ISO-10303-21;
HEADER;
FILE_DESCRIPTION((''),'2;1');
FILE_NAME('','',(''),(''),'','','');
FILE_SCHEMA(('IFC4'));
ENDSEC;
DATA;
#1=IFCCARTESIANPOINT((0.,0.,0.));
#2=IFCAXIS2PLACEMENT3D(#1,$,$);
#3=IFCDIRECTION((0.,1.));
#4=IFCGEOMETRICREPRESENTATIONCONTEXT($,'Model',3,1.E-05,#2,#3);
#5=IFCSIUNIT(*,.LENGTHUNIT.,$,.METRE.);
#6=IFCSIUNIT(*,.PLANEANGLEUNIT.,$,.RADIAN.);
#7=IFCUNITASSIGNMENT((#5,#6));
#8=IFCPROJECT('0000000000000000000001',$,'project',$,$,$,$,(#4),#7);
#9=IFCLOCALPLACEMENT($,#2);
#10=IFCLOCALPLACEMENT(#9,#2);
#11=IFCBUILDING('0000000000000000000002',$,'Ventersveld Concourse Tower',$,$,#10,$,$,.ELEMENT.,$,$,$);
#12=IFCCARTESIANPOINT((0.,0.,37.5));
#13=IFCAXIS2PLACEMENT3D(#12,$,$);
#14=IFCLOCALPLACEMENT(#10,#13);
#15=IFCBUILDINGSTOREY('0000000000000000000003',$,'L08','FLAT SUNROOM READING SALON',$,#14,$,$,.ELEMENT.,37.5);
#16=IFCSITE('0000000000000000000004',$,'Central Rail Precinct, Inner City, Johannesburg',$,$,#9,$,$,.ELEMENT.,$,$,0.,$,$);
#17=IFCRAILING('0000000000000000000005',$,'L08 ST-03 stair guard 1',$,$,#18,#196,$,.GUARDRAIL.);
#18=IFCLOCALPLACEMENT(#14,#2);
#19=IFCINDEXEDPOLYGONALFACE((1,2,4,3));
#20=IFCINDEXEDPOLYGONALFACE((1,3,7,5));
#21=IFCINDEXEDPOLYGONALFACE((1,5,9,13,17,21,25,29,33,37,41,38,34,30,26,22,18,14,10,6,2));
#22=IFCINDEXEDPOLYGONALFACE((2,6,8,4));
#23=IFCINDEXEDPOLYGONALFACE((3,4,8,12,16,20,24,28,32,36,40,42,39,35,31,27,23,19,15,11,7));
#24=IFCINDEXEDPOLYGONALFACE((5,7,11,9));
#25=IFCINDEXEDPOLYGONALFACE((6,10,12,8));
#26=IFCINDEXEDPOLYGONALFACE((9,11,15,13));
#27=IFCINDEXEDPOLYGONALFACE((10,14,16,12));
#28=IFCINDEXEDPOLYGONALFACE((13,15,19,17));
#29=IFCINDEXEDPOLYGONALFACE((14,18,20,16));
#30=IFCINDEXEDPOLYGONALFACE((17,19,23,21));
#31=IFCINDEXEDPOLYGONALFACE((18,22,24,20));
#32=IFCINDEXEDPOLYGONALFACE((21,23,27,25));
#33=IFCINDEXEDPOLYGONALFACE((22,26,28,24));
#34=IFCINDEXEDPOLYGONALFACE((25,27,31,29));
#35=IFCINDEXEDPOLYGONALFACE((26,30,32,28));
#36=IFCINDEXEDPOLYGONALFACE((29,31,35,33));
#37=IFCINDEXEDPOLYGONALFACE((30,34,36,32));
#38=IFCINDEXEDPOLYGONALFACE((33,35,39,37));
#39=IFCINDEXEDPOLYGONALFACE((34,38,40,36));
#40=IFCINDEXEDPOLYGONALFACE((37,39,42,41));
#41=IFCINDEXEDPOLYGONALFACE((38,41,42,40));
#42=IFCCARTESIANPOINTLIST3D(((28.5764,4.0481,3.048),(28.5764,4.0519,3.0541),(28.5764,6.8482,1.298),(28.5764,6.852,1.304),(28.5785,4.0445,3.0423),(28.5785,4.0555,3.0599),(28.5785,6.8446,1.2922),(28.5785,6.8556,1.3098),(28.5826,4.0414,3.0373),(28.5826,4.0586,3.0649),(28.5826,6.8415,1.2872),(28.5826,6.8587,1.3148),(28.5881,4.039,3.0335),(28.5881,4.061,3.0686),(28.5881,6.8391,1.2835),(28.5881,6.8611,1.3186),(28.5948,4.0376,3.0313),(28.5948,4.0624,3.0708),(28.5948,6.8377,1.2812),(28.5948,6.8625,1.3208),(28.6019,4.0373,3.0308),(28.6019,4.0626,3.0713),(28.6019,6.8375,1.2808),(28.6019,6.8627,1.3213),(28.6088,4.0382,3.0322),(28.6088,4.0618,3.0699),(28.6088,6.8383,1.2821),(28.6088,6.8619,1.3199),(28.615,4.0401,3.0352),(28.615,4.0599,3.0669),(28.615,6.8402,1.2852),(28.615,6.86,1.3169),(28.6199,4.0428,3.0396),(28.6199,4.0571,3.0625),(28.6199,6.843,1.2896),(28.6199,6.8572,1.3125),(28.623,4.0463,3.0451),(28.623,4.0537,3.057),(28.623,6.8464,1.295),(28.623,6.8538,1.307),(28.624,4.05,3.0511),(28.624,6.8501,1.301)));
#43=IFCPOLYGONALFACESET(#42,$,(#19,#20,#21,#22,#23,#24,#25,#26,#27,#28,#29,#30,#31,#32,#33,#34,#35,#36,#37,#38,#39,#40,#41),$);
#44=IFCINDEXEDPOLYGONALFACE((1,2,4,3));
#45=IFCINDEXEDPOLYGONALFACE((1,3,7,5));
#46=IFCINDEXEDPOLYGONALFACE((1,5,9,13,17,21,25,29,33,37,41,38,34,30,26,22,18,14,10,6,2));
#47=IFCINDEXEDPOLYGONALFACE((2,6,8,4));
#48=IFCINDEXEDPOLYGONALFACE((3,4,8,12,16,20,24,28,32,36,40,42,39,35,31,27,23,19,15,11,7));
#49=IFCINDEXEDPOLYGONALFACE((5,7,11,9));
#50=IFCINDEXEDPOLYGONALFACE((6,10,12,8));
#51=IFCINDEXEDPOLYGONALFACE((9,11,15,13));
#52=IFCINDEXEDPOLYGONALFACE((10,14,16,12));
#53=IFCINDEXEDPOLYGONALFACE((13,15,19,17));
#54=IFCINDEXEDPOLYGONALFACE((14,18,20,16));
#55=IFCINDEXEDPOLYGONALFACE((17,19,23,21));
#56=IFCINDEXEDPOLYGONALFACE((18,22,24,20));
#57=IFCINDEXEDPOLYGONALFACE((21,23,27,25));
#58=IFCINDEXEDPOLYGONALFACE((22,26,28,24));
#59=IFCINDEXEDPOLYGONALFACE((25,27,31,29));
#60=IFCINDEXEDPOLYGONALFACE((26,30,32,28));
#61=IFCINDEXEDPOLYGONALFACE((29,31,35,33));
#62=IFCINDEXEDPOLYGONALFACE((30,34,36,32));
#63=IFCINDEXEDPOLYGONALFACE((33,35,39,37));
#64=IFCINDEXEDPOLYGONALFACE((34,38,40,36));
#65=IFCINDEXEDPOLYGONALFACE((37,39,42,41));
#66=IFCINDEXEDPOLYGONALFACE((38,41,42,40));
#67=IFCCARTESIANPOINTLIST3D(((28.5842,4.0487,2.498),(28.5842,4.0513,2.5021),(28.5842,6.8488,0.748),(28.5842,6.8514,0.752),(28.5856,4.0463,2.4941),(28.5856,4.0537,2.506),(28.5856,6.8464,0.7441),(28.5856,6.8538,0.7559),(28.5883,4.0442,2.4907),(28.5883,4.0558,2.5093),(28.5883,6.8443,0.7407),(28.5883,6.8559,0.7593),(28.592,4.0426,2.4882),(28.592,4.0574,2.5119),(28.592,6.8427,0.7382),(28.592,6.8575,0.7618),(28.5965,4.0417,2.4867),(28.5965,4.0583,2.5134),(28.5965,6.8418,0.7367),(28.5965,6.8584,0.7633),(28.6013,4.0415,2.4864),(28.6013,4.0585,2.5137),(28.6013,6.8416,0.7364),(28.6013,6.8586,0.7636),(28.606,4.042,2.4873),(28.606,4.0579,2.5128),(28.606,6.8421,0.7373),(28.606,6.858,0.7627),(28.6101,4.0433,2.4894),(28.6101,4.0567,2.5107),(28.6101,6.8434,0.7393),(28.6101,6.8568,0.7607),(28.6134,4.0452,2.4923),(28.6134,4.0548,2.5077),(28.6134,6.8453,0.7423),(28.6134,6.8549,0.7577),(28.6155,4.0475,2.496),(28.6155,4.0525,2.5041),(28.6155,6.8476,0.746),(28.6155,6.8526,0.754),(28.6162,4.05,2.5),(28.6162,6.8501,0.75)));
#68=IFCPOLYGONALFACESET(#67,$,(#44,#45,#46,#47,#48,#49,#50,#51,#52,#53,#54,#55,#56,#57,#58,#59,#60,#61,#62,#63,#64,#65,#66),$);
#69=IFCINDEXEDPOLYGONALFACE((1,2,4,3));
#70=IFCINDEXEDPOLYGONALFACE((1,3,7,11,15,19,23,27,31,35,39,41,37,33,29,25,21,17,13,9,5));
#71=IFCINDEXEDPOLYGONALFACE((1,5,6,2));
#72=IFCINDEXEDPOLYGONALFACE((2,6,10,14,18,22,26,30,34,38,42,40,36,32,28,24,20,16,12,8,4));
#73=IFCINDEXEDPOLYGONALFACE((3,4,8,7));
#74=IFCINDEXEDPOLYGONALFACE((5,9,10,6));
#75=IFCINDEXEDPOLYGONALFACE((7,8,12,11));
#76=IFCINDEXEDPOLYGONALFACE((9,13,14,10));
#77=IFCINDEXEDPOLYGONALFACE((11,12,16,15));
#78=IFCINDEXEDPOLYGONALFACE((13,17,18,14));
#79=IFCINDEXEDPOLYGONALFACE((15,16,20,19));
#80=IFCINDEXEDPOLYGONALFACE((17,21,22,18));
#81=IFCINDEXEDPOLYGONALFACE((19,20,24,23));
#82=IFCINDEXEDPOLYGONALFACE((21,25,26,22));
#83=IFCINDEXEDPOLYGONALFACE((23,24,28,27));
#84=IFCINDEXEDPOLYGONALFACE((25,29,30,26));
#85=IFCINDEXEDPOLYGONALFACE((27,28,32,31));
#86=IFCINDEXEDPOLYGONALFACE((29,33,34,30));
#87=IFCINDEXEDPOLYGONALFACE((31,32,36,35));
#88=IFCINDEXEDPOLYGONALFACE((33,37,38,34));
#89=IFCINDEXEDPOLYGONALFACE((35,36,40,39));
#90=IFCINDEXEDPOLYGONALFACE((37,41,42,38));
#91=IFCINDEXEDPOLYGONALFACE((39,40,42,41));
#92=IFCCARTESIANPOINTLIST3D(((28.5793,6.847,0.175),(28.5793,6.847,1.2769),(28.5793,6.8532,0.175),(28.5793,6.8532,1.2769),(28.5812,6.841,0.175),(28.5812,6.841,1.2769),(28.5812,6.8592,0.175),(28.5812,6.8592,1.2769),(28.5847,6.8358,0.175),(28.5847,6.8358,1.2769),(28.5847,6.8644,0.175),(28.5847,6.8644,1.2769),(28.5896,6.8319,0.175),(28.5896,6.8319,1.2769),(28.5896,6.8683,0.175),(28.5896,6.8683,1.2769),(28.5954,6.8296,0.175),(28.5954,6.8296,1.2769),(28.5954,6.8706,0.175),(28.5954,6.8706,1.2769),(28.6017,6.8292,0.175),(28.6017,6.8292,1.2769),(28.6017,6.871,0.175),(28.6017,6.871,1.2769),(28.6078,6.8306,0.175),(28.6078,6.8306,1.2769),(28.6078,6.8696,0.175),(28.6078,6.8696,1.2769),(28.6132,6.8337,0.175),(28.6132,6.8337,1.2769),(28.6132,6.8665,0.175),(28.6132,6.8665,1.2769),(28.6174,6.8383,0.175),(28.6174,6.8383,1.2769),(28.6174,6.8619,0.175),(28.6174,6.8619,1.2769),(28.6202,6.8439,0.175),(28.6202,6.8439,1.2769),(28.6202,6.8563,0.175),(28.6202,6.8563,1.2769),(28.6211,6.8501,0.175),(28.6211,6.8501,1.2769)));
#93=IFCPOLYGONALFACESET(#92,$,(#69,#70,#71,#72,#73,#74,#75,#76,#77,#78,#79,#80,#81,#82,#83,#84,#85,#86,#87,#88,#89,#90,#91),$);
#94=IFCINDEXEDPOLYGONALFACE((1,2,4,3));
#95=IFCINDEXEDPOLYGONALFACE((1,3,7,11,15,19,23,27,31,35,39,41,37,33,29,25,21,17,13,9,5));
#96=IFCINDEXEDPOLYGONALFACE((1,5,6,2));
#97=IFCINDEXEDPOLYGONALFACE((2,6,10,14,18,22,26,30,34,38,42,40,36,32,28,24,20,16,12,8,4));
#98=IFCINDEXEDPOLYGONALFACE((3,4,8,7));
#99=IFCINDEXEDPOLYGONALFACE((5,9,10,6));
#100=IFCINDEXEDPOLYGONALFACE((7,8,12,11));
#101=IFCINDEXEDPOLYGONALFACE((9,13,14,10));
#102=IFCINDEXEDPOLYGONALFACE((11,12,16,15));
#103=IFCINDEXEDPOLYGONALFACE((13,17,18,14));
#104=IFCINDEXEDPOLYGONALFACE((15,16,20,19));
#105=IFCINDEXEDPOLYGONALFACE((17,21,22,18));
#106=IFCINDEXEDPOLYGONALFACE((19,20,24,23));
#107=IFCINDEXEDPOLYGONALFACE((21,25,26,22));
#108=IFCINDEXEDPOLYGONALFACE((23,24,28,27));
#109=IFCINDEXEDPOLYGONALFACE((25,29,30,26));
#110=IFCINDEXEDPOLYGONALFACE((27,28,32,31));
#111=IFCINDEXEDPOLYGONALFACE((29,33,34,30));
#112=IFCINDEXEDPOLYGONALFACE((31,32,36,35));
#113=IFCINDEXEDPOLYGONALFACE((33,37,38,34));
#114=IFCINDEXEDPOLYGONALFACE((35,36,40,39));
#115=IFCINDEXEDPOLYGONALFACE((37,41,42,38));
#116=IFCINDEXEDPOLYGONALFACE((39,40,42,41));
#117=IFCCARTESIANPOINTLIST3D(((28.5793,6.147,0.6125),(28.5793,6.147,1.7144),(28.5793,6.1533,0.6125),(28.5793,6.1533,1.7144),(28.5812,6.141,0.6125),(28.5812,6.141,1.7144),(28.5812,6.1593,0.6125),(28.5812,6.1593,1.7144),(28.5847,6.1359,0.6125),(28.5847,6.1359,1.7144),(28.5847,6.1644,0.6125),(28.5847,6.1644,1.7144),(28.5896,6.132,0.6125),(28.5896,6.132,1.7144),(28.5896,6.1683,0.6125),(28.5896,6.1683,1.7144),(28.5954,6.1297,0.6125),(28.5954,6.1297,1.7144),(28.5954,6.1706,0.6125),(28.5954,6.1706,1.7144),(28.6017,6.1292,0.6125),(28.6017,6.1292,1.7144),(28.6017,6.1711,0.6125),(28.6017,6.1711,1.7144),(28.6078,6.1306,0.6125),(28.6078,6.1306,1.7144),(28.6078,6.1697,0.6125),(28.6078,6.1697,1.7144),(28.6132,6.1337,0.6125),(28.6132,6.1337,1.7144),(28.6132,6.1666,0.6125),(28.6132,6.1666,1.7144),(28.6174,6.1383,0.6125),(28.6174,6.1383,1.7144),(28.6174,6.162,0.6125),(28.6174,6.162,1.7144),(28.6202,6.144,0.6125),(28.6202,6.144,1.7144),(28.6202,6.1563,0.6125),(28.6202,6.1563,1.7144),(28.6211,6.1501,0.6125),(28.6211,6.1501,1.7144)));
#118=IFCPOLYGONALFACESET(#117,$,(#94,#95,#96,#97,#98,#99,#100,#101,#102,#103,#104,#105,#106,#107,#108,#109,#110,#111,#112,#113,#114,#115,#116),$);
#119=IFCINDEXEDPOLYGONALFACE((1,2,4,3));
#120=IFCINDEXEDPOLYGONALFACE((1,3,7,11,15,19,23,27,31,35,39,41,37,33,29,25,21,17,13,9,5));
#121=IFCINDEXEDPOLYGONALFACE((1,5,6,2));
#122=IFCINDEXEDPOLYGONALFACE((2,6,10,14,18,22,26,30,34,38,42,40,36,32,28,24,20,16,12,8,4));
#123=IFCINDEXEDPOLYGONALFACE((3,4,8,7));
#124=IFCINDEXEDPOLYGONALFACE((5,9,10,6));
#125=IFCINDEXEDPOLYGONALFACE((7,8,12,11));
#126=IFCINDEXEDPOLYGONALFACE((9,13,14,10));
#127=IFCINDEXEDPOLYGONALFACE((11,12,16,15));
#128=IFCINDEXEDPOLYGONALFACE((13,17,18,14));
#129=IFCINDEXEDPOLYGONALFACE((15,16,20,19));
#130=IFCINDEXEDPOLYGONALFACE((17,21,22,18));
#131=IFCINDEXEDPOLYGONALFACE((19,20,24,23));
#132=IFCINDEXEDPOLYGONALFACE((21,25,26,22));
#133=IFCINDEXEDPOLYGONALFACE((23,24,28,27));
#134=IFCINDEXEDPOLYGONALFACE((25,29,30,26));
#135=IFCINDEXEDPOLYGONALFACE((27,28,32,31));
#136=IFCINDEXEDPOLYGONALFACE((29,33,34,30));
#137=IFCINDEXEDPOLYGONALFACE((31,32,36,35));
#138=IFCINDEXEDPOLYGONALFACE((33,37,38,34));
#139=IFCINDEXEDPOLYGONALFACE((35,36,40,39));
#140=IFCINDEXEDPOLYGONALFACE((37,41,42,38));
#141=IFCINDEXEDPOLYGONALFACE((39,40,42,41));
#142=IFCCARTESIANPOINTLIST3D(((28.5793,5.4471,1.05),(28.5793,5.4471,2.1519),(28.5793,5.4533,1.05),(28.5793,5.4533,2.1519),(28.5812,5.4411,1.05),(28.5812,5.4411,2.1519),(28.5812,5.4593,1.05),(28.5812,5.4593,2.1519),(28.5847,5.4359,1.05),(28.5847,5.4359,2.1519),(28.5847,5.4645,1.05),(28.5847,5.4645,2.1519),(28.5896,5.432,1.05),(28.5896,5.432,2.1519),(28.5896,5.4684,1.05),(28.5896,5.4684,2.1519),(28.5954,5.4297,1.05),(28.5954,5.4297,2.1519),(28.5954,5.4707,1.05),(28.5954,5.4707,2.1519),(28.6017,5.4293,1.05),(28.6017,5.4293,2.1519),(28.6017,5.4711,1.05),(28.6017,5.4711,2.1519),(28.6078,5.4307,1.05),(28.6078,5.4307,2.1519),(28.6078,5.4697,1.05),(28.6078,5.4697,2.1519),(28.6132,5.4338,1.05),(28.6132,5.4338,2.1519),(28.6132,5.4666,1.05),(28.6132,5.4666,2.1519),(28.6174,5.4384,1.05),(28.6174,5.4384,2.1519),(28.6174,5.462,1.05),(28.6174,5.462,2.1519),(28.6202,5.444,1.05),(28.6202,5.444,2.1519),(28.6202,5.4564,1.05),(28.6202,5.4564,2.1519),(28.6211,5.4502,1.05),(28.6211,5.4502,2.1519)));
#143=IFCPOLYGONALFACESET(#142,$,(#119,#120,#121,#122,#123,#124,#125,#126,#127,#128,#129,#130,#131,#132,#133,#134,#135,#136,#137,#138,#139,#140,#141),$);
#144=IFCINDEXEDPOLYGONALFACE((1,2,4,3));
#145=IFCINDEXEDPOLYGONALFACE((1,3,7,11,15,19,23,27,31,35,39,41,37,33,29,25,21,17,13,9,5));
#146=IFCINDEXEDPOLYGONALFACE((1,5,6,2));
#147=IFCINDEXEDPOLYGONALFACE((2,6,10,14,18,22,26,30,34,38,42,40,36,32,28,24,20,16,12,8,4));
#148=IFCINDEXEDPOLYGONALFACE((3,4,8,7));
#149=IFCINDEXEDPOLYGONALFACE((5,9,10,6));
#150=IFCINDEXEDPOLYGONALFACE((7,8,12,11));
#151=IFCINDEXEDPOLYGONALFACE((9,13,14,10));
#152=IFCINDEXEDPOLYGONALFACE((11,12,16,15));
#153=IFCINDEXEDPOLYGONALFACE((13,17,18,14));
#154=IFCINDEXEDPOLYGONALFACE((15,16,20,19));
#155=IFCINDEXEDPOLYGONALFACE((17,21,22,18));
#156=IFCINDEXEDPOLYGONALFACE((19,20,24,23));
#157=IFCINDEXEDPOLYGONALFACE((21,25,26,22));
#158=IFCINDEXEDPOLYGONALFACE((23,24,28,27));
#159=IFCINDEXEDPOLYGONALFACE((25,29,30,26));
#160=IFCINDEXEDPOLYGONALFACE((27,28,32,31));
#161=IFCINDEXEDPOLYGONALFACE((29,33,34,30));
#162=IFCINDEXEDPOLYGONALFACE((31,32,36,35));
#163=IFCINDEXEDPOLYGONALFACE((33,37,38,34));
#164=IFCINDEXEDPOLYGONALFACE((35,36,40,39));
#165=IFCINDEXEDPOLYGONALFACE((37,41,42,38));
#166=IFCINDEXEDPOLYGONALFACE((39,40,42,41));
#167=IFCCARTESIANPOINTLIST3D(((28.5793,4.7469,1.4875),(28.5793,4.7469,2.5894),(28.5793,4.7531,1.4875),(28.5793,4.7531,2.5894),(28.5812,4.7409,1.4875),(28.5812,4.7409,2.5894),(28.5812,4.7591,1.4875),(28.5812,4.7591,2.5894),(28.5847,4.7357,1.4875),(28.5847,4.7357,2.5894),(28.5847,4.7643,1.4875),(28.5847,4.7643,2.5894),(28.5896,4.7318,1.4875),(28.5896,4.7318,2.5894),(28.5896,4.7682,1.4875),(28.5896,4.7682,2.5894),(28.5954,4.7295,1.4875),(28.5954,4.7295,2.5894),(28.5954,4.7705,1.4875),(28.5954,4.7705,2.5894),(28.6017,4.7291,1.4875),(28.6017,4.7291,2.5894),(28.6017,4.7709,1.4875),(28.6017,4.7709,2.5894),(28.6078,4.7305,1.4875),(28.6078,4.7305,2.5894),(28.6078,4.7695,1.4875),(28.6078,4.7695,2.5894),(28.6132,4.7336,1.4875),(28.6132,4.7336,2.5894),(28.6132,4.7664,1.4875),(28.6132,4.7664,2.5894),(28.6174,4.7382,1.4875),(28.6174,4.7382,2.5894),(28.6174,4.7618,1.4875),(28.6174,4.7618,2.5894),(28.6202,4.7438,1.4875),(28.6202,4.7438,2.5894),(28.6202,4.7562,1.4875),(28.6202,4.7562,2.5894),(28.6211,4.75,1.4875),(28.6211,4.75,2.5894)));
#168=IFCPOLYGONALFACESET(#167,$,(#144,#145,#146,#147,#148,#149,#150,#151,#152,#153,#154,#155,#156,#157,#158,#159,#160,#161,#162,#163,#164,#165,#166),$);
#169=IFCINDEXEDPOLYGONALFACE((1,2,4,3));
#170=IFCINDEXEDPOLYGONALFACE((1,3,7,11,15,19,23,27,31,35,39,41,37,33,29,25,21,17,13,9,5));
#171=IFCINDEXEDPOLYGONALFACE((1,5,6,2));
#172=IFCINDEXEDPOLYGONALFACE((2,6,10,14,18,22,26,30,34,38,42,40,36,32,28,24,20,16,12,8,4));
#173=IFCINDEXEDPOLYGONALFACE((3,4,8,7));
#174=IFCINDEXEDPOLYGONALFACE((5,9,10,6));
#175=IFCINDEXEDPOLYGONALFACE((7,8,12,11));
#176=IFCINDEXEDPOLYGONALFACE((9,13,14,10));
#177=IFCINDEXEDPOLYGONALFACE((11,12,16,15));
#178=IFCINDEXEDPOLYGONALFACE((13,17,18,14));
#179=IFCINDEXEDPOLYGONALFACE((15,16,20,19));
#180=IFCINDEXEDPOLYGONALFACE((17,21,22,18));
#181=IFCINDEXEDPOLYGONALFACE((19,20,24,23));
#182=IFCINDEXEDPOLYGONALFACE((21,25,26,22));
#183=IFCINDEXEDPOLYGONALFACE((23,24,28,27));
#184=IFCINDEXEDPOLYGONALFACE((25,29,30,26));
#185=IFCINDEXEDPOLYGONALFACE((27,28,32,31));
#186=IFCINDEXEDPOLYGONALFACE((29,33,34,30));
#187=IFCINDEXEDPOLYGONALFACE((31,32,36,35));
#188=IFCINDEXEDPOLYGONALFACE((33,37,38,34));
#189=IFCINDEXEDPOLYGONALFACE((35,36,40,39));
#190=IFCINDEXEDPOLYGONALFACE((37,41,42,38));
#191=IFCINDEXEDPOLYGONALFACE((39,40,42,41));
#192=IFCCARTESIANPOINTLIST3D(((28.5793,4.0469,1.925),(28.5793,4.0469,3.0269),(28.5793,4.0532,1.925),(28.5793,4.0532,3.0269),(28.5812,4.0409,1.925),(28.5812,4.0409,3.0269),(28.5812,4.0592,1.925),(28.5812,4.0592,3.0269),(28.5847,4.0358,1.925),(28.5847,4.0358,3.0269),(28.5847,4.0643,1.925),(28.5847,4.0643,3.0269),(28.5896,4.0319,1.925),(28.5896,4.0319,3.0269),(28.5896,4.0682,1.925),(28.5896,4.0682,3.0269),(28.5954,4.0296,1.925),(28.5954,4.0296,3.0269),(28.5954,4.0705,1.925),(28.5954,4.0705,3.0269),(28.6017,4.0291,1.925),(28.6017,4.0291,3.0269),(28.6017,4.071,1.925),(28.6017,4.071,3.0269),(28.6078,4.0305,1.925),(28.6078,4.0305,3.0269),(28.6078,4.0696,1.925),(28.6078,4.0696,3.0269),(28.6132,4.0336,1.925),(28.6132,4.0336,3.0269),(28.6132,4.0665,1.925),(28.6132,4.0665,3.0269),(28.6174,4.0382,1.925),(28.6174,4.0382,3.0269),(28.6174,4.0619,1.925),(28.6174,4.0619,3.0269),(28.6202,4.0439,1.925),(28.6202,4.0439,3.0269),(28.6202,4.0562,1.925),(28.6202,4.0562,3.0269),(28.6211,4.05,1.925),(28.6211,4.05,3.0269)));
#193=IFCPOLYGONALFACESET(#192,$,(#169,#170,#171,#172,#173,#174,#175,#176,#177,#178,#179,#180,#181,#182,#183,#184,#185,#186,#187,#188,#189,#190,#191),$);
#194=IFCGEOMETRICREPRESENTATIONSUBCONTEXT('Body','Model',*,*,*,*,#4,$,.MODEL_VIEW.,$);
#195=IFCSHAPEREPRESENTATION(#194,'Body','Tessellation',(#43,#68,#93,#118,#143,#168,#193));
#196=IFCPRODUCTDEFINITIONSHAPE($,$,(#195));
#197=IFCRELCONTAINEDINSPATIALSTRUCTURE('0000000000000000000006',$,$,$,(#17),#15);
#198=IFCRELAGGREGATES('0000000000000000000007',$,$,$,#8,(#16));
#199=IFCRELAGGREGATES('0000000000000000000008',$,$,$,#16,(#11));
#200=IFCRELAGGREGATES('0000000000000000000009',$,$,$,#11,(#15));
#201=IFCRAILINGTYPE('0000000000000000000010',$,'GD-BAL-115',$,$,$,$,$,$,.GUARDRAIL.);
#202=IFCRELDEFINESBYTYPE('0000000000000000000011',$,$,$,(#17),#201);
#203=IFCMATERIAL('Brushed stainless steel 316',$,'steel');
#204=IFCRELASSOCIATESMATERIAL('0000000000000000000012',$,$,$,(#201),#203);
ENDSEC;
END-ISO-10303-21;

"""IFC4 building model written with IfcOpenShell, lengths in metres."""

from ifc_helpers import new_model, si_unit, direction, frame, origin, origin_2d, place, context, subcontext, project, spatial, circle, extrude, material, type_object, element, save


model = new_model("IFC4")

# Units and contexts
model_context = context("Model", 3, precision=1e-05, world=origin(), true_north=direction((0.0, 1.0)))
body_context = subcontext(model_context, "Body", "Model", "MODEL_VIEW")
ifc_project = project(units=[si_unit("LENGTHUNIT", "METRE"), si_unit("PLANEANGLEUNIT", "RADIAN")], contexts=[model_context])

# Site, building, storey
site_placement = place(None, origin())
site = spatial("IfcSite", under=ifc_project, at=site_placement, Name="Central Rail Precinct, Inner City, Johannesburg", CompositionType="ELEMENT", RefElevation=0.0)
building_placement = place(site_placement, origin())
building = spatial("IfcBuilding", under=site, at=building_placement, Name="Ventersveld Concourse Tower", CompositionType="ELEMENT")
storey_placement = place(building_placement, frame((0.0, 0.0, 37.5)))
storey = spatial("IfcBuildingStorey", under=building, at=storey_placement, Name="L08", Description="FLAT SUNROOM READING SALON", CompositionType="ELEMENT", Elevation=37.5)

# Shared definitions
ifc_material_1 = material(Name="Brushed stainless steel 316", Category="steel")

# Railing
railing_type = type_object("IfcRailingType", Name="GD-BAL-115", PredefinedType="GUARDRAIL", material=ifc_material_1)
railing_1_placement = place(storey_placement, frame((28.6001, 6.8501, 0.175)))
element("IfcRailing", 1, at=railing_1_placement, inside=storey, type_object=railing_type, Name="L08 ST-03 stair guard 1", PredefinedType="GUARDRAIL", context=body_context, shape_type="SweptSolid", body=[
    extrude(circle(Radius=0.0239, at=origin_2d()), frame((0.0, 0.0, 1.126), z_axis=(0.0, -0.848002, 0.529992), x_axis=(1.0, 0.0, 0.0)), (0.0, 0.0, 1.0), 3.302),
    extrude(circle(Radius=0.0161, at=origin_2d()), frame((0.0, 0.0, 0.575), z_axis=(0.0, -0.848002, 0.529992), x_axis=(1.0, 0.0, 0.0)), (0.0, 0.0, 1.0), 3.302),
    extrude(circle(Radius=0.021, at=origin_2d()), origin(), (0.0, 0.0, 1.0), 1.1018),
    extrude(circle(Radius=0.021, at=origin_2d()), frame((0.0, -0.7, 0.4375)), (0.0, 0.0, 1.0), 1.1018),
    extrude(circle(Radius=0.021, at=origin_2d()), frame((0.0, -1.3999, 0.875)), (0.0, 0.0, 1.0), 1.1018),
    extrude(circle(Radius=0.021, at=origin_2d()), frame((0.0, -2.1001, 1.3125)), (0.0, 0.0, 1.0), 1.1018),
    extrude(circle(Radius=0.021, at=origin_2d()), frame((0.0, -2.8, 1.75)), (0.0, 0.0, 1.0), 1.1018),
])

save(model, "model.ifc")
